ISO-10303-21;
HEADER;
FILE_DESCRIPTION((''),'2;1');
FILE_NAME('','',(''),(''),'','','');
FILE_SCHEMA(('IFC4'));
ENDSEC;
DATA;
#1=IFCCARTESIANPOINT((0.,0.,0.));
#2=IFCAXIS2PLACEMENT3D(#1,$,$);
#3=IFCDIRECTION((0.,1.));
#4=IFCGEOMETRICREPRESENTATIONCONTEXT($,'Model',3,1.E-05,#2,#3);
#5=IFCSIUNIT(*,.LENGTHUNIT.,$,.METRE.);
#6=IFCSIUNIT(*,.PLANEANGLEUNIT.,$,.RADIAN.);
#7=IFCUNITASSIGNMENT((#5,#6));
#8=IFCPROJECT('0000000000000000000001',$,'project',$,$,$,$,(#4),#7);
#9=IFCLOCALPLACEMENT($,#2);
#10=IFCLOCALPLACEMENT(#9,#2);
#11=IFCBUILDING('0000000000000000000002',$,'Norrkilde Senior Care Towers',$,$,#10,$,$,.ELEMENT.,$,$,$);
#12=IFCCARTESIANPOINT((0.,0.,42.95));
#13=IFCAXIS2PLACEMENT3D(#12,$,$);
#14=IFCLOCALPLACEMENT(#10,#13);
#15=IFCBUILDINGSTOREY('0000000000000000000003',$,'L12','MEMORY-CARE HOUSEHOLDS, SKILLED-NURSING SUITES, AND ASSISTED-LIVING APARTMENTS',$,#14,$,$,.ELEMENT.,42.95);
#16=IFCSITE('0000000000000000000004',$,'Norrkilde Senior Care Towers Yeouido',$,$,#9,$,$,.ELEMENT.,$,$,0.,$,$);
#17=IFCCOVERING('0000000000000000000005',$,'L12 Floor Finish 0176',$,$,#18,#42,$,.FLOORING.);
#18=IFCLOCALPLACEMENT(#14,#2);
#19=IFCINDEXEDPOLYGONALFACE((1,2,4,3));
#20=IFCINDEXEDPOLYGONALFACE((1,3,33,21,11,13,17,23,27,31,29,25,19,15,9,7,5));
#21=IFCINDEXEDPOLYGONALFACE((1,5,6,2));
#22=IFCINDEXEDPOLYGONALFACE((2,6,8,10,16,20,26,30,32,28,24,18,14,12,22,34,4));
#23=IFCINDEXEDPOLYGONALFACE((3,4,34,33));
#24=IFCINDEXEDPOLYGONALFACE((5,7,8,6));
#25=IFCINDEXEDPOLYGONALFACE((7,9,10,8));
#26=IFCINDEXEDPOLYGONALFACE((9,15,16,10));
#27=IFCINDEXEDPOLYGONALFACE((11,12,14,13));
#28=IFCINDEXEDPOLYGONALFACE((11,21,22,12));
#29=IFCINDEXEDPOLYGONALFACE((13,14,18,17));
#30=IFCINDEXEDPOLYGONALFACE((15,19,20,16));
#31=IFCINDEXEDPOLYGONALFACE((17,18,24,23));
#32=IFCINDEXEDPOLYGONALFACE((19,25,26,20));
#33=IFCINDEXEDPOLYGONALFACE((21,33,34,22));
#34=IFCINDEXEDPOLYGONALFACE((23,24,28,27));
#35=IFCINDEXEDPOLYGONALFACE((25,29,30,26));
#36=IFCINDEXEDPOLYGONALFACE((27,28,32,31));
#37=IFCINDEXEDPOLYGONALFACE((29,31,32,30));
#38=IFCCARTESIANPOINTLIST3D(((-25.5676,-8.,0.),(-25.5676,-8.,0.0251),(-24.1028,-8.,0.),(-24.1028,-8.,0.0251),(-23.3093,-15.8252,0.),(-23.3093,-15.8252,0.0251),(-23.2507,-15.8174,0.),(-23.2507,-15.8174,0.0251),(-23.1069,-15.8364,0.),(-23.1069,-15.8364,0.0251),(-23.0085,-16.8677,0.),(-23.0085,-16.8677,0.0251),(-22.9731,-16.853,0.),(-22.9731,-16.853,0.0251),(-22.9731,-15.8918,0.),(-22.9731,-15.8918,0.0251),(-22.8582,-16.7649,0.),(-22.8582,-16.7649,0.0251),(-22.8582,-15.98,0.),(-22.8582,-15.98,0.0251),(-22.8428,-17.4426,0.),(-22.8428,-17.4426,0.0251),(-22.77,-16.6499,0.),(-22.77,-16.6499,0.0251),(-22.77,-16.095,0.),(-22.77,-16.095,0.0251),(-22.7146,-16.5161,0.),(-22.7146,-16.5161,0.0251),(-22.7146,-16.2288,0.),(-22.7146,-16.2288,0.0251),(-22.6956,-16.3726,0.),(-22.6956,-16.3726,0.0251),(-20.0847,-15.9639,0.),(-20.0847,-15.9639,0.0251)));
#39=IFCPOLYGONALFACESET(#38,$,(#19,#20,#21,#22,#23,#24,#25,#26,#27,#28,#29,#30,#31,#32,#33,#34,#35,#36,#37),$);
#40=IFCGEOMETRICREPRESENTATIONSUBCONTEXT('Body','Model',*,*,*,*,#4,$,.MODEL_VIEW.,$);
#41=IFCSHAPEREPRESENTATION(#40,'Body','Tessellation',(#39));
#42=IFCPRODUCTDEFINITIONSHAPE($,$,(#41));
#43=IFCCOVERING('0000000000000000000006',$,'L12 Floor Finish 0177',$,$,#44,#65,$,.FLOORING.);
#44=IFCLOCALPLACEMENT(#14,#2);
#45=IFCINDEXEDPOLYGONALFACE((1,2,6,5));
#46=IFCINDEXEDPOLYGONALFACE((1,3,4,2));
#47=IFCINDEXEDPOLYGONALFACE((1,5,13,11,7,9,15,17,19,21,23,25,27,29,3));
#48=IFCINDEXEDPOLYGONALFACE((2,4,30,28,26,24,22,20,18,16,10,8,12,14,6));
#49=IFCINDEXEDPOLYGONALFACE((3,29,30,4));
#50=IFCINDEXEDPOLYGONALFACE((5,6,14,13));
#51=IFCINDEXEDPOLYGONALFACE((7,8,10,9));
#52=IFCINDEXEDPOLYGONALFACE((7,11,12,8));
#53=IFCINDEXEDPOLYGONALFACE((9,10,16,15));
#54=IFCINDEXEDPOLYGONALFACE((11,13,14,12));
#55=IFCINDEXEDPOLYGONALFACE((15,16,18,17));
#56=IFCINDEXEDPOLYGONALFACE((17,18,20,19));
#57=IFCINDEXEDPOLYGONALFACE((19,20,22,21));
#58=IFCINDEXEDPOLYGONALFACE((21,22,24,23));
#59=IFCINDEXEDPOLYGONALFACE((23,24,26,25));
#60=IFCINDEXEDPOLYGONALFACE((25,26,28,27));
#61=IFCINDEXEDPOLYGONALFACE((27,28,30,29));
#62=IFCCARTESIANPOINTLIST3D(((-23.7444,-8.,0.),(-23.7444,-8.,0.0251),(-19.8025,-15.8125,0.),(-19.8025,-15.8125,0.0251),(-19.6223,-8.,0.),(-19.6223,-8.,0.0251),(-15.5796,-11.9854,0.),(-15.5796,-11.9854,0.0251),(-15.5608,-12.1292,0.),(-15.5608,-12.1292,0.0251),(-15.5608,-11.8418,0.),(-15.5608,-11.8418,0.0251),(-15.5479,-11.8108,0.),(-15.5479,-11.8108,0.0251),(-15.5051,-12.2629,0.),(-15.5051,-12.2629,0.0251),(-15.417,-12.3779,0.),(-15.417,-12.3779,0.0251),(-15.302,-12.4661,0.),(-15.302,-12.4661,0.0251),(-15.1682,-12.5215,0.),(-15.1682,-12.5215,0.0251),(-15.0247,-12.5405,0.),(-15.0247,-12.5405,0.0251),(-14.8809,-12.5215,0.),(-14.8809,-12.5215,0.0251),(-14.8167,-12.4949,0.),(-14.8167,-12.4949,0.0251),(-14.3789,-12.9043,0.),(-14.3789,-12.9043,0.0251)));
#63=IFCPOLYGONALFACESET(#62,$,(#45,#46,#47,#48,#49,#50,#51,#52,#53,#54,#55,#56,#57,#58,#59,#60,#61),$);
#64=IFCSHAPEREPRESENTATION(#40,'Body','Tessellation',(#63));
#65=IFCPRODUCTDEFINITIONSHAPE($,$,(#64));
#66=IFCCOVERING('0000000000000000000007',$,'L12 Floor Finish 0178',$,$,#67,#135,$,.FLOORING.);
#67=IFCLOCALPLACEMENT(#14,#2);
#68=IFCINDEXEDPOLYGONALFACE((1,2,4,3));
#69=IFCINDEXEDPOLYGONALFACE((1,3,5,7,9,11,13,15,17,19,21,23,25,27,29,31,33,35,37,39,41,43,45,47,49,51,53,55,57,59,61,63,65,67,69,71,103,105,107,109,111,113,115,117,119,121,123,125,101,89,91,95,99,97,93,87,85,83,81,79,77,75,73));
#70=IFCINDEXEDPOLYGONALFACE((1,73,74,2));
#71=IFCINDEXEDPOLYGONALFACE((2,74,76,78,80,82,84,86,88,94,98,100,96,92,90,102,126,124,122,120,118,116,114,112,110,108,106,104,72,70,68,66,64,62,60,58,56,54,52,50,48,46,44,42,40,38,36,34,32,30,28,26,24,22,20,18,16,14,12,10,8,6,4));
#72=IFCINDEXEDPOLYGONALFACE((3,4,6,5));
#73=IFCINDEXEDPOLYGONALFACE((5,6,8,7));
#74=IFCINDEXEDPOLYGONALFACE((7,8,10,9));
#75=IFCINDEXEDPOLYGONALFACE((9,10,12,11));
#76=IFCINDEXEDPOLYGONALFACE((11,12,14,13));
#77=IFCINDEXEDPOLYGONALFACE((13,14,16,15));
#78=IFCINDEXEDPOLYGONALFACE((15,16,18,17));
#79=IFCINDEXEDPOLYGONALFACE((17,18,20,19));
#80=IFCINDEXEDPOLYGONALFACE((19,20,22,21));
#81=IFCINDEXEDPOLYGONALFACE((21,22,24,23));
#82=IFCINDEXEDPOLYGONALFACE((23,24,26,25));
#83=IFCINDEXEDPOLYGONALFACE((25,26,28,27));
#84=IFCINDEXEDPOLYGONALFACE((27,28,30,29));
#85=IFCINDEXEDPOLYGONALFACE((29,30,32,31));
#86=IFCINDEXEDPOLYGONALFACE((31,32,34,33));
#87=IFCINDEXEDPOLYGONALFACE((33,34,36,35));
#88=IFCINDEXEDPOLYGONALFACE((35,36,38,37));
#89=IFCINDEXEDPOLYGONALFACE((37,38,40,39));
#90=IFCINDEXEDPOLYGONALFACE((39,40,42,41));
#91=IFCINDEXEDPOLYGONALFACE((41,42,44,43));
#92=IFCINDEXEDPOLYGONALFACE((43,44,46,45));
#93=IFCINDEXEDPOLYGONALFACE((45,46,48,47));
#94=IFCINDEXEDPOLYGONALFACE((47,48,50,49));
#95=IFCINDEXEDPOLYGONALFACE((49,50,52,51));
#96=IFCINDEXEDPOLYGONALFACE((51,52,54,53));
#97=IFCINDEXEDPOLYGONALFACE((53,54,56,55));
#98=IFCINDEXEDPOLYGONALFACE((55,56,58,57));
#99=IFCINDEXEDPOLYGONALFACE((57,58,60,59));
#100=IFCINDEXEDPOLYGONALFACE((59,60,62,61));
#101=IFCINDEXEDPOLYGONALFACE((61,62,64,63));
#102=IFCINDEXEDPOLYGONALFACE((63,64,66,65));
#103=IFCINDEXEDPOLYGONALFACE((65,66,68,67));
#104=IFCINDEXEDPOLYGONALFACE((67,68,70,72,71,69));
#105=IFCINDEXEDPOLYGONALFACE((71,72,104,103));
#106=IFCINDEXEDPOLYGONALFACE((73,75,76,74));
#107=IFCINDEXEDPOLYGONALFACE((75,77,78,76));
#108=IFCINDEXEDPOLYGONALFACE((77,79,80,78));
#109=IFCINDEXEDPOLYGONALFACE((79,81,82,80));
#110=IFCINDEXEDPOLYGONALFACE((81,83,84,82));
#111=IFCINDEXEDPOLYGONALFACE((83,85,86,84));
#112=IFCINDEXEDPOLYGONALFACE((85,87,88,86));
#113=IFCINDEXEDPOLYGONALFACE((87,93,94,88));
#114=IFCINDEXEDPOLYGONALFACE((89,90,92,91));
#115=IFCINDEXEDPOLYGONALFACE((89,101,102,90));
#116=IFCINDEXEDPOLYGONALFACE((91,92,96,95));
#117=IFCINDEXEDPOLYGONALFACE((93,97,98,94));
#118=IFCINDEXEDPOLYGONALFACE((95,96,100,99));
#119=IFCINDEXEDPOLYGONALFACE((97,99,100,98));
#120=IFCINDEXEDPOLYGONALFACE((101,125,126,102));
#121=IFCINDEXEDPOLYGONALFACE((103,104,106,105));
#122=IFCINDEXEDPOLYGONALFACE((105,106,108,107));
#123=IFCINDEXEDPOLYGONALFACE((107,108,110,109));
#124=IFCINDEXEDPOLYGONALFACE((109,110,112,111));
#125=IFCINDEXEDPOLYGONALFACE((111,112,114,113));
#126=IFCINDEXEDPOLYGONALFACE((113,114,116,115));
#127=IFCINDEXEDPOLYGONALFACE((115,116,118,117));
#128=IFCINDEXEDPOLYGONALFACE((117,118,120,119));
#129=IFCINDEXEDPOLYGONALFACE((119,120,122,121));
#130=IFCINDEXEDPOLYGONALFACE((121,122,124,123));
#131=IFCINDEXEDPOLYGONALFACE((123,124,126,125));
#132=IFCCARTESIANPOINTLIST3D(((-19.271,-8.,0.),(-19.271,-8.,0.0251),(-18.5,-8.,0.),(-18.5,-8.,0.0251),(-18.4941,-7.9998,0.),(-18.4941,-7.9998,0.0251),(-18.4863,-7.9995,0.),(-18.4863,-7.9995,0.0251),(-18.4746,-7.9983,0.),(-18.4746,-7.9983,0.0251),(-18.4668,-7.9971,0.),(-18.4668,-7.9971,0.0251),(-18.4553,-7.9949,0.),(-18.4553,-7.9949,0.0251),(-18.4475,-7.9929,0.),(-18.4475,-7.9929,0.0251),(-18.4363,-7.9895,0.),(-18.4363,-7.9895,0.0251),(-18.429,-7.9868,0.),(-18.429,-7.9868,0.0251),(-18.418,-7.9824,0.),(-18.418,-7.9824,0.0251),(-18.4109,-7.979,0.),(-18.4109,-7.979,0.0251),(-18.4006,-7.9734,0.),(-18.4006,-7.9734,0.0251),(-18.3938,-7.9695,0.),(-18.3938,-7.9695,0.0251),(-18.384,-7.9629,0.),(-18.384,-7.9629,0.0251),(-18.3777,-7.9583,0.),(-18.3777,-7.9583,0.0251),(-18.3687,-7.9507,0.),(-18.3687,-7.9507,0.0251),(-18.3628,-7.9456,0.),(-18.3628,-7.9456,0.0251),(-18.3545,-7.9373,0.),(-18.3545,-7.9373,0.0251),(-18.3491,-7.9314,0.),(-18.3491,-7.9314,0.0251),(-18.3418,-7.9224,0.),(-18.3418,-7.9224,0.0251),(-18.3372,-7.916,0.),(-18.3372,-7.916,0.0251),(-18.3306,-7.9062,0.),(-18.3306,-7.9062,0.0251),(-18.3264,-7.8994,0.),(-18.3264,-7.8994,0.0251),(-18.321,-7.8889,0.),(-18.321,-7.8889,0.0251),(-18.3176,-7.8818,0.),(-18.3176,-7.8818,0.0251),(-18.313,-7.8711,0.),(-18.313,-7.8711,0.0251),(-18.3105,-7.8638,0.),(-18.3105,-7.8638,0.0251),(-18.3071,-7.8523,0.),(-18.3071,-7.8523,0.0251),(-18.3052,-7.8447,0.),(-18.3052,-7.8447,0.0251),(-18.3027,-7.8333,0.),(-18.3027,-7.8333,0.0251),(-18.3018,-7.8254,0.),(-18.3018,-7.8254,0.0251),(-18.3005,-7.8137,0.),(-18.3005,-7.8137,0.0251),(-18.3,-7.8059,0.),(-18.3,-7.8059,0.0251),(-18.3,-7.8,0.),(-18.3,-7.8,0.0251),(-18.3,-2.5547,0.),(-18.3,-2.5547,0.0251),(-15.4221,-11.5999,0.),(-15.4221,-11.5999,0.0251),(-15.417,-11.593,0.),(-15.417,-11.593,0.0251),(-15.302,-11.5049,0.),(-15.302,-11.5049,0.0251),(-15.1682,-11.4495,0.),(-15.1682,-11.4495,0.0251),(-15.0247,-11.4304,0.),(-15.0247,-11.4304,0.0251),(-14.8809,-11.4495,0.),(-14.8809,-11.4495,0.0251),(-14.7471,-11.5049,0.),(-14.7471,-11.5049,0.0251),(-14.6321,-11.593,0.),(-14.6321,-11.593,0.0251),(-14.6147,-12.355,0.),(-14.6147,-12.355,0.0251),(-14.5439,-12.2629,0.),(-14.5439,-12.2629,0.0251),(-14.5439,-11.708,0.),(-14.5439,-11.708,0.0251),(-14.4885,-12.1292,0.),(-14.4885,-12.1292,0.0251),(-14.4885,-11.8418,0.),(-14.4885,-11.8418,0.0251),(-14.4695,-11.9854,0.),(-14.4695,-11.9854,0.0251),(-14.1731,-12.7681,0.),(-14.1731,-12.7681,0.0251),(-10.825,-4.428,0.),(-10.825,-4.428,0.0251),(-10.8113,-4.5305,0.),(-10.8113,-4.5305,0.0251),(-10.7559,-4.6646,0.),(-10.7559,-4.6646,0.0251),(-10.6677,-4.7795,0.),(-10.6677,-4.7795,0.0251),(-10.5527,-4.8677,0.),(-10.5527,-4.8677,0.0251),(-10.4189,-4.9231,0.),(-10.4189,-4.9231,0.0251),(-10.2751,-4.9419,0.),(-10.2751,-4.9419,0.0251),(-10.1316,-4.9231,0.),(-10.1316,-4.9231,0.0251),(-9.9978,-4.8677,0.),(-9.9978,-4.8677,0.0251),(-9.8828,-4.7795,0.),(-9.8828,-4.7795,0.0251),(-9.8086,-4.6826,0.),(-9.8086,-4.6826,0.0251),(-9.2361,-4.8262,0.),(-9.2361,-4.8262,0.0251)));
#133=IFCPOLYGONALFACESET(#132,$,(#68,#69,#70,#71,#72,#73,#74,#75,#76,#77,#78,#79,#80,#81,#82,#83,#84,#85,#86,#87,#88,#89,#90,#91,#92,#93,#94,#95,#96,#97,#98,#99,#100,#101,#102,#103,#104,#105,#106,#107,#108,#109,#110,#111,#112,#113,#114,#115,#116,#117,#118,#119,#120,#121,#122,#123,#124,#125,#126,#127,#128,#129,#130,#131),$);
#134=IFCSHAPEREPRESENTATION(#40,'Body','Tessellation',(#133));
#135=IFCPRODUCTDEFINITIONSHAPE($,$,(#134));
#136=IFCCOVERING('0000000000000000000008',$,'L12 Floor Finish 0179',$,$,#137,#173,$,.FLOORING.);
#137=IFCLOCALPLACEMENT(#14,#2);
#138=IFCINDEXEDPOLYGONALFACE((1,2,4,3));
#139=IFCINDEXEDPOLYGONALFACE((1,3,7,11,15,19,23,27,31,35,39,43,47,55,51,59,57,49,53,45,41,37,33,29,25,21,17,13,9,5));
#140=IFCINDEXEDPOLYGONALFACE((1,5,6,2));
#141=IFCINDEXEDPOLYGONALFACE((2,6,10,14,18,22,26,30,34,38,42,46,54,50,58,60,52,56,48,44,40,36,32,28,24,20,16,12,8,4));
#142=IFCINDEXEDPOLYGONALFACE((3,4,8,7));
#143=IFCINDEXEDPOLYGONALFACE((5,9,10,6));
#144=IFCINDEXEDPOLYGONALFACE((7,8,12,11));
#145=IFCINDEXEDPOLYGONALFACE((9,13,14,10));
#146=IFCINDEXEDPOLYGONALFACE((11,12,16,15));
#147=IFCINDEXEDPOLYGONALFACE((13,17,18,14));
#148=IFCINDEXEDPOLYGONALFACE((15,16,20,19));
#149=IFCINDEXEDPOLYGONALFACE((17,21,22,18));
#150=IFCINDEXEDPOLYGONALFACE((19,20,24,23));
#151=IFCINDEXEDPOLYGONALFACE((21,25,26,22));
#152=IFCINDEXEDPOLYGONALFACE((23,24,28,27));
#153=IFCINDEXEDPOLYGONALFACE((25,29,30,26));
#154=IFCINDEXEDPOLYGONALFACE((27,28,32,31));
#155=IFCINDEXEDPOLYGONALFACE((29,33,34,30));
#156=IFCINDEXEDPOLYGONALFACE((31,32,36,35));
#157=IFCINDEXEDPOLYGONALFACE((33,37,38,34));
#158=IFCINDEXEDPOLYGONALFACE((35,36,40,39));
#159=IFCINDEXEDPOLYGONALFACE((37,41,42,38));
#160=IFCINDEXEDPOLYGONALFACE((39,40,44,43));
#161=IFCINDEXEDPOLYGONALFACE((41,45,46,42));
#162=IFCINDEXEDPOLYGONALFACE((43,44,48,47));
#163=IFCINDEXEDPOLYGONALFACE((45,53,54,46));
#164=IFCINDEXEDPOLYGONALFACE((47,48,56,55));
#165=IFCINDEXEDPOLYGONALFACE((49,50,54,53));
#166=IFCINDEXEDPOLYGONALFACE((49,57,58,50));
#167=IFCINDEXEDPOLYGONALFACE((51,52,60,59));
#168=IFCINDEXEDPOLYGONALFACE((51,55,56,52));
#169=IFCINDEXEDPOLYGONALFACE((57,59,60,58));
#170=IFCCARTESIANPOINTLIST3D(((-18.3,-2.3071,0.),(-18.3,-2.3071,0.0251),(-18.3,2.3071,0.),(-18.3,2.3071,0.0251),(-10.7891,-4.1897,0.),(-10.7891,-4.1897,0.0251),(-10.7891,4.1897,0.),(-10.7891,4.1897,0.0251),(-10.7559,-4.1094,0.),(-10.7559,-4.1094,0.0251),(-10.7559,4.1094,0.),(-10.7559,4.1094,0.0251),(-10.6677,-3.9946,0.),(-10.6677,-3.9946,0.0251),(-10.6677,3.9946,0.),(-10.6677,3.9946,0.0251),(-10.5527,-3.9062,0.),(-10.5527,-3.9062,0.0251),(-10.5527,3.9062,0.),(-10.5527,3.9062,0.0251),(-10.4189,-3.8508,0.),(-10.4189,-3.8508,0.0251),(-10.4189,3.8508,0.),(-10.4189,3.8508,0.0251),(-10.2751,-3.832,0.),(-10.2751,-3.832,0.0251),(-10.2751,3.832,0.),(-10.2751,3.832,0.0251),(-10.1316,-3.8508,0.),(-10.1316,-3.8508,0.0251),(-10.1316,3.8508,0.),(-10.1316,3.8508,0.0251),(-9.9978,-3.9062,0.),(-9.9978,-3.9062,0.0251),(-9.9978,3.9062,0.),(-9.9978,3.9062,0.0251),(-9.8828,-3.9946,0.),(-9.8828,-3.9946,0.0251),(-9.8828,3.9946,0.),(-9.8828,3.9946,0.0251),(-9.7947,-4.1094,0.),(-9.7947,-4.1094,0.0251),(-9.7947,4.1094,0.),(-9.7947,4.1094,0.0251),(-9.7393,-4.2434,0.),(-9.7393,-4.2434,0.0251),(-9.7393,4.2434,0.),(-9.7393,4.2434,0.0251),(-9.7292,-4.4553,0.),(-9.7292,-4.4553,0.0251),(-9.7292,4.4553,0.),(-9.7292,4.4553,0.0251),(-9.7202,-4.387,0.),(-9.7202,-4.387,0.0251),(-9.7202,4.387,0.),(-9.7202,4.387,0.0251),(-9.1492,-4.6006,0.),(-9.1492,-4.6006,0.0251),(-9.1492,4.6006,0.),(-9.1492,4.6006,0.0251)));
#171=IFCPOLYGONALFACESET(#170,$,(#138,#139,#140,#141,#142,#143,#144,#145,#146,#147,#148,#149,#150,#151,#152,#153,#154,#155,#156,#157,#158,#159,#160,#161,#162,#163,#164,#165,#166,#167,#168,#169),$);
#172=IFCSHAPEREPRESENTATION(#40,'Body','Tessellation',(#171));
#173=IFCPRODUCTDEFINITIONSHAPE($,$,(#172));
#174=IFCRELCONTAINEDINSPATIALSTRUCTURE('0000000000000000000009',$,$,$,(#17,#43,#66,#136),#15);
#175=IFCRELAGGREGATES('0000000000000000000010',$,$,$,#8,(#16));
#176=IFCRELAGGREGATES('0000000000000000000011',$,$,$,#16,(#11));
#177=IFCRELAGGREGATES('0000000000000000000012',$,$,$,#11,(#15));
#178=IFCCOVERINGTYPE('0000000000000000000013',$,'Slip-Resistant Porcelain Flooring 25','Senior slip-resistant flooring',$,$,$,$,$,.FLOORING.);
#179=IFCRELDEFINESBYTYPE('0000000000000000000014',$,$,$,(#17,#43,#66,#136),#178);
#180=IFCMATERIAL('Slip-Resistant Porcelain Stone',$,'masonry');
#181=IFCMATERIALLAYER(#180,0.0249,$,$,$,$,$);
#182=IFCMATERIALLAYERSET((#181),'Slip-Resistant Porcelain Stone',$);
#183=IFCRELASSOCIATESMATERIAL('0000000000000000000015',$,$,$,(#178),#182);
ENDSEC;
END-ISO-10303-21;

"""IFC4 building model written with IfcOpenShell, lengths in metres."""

from ifc_helpers import new_model, si_unit, direction, frame, origin, place, context, subcontext, project, spatial, polyline, outline, extrude, material, layer, layer_set, type_object, element, save


model = new_model("IFC4")

# Units and contexts
model_context = context("Model", 3, precision=1e-05, world=origin(), true_north=direction((0.0, 1.0)))
body_context = subcontext(model_context, "Body", "Model", "MODEL_VIEW")
ifc_project = project(units=[si_unit("LENGTHUNIT", "METRE"), si_unit("PLANEANGLEUNIT", "RADIAN")], contexts=[model_context])

# Site, building, storey
site_placement = place(None, origin())
site = spatial("IfcSite", under=ifc_project, at=site_placement, Name="Norrkilde Senior Care Towers Yeouido", CompositionType="ELEMENT", RefElevation=0.0)
building_placement = place(site_placement, origin())
building = spatial("IfcBuilding", under=site, at=building_placement, Name="Norrkilde Senior Care Towers", CompositionType="ELEMENT")
storey_placement = place(building_placement, frame((0.0, 0.0, 42.95)))
storey = spatial("IfcBuildingStorey", under=building, at=storey_placement, Name="L12", Description="MEMORY-CARE HOUSEHOLDS, SKILLED-NURSING SUITES, AND ASSISTED-LIVING APARTMENTS", CompositionType="ELEMENT", Elevation=42.95)

# Coverings
ifc_material_1 = material(Name="Slip-Resistant Porcelain Stone", Category="masonry")
ifc_layer_1 = layer(ifc_material_1, 0.0249)
ifc_layer_set_1 = layer_set([ifc_layer_1], Name="Slip-Resistant Porcelain Stone")
covering_type_1 = type_object("IfcCoveringType", Name="Slip-Resistant Porcelain Flooring 25", Description="Senior slip-resistant flooring", PredefinedType="FLOORING", material=ifc_layer_set_1)
covering_1_placement = place(storey_placement, origin())
element("IfcCovering", 1, at=covering_1_placement, inside=storey, type_object=covering_type_1, Name="L12 Floor Finish 0176", PredefinedType="FLOORING", context=body_context, shape_type="SweptSolid", body=[
    extrude(outline(polyline([(-23.0085, -16.8677), (-22.9731, -16.853), (-22.8582, -16.7649), (-22.77, -16.6499), (-22.7146, -16.5161), (-22.6956, -16.3726), (-22.7146, -16.2288), (-22.77, -16.095), (-22.8582, -15.98), (-22.9731, -15.8918), (-23.1069, -15.8364), (-23.2507, -15.8174), (-23.3093, -15.8252), (-25.5676, -8.0), (-24.1028, -8.0), (-20.0847, -15.9639), (-22.8428, -17.4426), (-23.0085, -16.8677)])), origin(), (0.0, 0.0, 1.0), 0.0251),
])
covering_2_placement = place(storey_placement, origin())
element("IfcCovering", 2, at=covering_2_placement, inside=storey, type_object=covering_type_1, Name="L12 Floor Finish 0177", PredefinedType="FLOORING", context=body_context, shape_type="SweptSolid", body=[
    extrude(outline(polyline([(-19.8025, -15.8125), (-23.7444, -8.0), (-19.6223, -8.0), (-15.5479, -11.8108), (-15.5608, -11.8418), (-15.5796, -11.9854), (-15.5608, -12.1292), (-15.5051, -12.2629), (-15.417, -12.3779), (-15.302, -12.4661), (-15.1682, -12.5215), (-15.0247, -12.5405), (-14.8809, -12.5215), (-14.8167, -12.4949), (-14.3789, -12.9043), (-19.8025, -15.8125)])), origin(), (0.0, 0.0, 1.0), 0.0251),
])
covering_3_placement = place(storey_placement, origin())
element("IfcCovering", 3, at=covering_3_placement, inside=storey, type_object=covering_type_1, Name="L12 Floor Finish 0178", PredefinedType="FLOORING", context=body_context, shape_type="SweptSolid", body=[
    extrude(outline(polyline([(-18.4475, -7.9929), (-18.4363, -7.9895), (-18.429, -7.9868), (-18.418, -7.9824), (-18.4109, -7.979), (-18.4006, -7.9734), (-18.3938, -7.9695), (-18.384, -7.9629), (-18.3777, -7.9583), (-18.3687, -7.9507), (-18.3628, -7.9456), (-18.3545, -7.9373), (-18.3491, -7.9314), (-18.3418, -7.9224), (-18.3372, -7.916), (-18.3306, -7.9062), (-18.3264, -7.8994), (-18.321, -7.8889), (-18.3176, -7.8818), (-18.313, -7.8711), (-18.3105, -7.8638), (-18.3071, -7.8523), (-18.3052, -7.8447), (-18.3027, -7.8333), (-18.3018, -7.8254), (-18.3005, -7.8137), (-18.3, -7.8059), (-18.3, -7.8), (-18.3, -2.5547), (-10.825, -4.428), (-10.8113, -4.5305), (-10.7559, -4.6646), (-10.6677, -4.7795), (-10.5527, -4.8677), (-10.4189, -4.9231), (-10.2751, -4.9419), (-10.1316, -4.9231), (-9.9978, -4.8677), (-9.8828, -4.7795), (-9.8086, -4.6826), (-9.2361, -4.8262), (-14.1731, -12.7681), (-14.6147, -12.355), (-14.5439, -12.2629), (-14.4885, -12.1292), (-14.4695, -11.9854), (-14.4885, -11.8418), (-14.5439, -11.708), (-14.6321, -11.593), (-14.7471, -11.5049), (-14.8809, -11.4495), (-15.0247, -11.4304), (-15.1682, -11.4495), (-15.302, -11.5049), (-15.417, -11.593), (-15.4221, -11.5999), (-19.271, -8.0), (-18.5, -8.0), (-18.4941, -7.9998), (-18.4863, -7.9995), (-18.4746, -7.9983), (-18.4668, -7.9971), (-18.4553, -7.9949), (-18.4475, -7.9929)])), origin(), (0.0, 0.0, 1.0), 0.0251),
])
covering_4_placement = place(storey_placement, origin())
element("IfcCovering", 4, at=covering_4_placement, inside=storey, type_object=covering_type_1, Name="L12 Floor Finish 0179", PredefinedType="FLOORING", context=body_context, shape_type="SweptSolid", body=[
    extrude(outline(polyline([(-10.7559, 4.1094), (-10.6677, 3.9946), (-10.5527, 3.9062), (-10.4189, 3.8508), (-10.2751, 3.832), (-10.1316, 3.8508), (-9.9978, 3.9062), (-9.8828, 3.9946), (-9.7947, 4.1094), (-9.7393, 4.2434), (-9.7202, 4.387), (-9.7292, 4.4553), (-9.1492, 4.6006), (-9.1492, -4.6006), (-9.7292, -4.4553), (-9.7202, -4.387), (-9.7393, -4.2434), (-9.7947, -4.1094), (-9.8828, -3.9946), (-9.9978, -3.9062), (-10.1316, -3.8508), (-10.2751, -3.832), (-10.4189, -3.8508), (-10.5527, -3.9062), (-10.6677, -3.9946), (-10.7559, -4.1094), (-10.7891, -4.1897), (-18.3, -2.3071), (-18.3, 2.3071), (-10.7891, 4.1897), (-10.7559, 4.1094)])), origin(), (0.0, 0.0, 1.0), 0.0251),
])

save(model, "model.ifc")
